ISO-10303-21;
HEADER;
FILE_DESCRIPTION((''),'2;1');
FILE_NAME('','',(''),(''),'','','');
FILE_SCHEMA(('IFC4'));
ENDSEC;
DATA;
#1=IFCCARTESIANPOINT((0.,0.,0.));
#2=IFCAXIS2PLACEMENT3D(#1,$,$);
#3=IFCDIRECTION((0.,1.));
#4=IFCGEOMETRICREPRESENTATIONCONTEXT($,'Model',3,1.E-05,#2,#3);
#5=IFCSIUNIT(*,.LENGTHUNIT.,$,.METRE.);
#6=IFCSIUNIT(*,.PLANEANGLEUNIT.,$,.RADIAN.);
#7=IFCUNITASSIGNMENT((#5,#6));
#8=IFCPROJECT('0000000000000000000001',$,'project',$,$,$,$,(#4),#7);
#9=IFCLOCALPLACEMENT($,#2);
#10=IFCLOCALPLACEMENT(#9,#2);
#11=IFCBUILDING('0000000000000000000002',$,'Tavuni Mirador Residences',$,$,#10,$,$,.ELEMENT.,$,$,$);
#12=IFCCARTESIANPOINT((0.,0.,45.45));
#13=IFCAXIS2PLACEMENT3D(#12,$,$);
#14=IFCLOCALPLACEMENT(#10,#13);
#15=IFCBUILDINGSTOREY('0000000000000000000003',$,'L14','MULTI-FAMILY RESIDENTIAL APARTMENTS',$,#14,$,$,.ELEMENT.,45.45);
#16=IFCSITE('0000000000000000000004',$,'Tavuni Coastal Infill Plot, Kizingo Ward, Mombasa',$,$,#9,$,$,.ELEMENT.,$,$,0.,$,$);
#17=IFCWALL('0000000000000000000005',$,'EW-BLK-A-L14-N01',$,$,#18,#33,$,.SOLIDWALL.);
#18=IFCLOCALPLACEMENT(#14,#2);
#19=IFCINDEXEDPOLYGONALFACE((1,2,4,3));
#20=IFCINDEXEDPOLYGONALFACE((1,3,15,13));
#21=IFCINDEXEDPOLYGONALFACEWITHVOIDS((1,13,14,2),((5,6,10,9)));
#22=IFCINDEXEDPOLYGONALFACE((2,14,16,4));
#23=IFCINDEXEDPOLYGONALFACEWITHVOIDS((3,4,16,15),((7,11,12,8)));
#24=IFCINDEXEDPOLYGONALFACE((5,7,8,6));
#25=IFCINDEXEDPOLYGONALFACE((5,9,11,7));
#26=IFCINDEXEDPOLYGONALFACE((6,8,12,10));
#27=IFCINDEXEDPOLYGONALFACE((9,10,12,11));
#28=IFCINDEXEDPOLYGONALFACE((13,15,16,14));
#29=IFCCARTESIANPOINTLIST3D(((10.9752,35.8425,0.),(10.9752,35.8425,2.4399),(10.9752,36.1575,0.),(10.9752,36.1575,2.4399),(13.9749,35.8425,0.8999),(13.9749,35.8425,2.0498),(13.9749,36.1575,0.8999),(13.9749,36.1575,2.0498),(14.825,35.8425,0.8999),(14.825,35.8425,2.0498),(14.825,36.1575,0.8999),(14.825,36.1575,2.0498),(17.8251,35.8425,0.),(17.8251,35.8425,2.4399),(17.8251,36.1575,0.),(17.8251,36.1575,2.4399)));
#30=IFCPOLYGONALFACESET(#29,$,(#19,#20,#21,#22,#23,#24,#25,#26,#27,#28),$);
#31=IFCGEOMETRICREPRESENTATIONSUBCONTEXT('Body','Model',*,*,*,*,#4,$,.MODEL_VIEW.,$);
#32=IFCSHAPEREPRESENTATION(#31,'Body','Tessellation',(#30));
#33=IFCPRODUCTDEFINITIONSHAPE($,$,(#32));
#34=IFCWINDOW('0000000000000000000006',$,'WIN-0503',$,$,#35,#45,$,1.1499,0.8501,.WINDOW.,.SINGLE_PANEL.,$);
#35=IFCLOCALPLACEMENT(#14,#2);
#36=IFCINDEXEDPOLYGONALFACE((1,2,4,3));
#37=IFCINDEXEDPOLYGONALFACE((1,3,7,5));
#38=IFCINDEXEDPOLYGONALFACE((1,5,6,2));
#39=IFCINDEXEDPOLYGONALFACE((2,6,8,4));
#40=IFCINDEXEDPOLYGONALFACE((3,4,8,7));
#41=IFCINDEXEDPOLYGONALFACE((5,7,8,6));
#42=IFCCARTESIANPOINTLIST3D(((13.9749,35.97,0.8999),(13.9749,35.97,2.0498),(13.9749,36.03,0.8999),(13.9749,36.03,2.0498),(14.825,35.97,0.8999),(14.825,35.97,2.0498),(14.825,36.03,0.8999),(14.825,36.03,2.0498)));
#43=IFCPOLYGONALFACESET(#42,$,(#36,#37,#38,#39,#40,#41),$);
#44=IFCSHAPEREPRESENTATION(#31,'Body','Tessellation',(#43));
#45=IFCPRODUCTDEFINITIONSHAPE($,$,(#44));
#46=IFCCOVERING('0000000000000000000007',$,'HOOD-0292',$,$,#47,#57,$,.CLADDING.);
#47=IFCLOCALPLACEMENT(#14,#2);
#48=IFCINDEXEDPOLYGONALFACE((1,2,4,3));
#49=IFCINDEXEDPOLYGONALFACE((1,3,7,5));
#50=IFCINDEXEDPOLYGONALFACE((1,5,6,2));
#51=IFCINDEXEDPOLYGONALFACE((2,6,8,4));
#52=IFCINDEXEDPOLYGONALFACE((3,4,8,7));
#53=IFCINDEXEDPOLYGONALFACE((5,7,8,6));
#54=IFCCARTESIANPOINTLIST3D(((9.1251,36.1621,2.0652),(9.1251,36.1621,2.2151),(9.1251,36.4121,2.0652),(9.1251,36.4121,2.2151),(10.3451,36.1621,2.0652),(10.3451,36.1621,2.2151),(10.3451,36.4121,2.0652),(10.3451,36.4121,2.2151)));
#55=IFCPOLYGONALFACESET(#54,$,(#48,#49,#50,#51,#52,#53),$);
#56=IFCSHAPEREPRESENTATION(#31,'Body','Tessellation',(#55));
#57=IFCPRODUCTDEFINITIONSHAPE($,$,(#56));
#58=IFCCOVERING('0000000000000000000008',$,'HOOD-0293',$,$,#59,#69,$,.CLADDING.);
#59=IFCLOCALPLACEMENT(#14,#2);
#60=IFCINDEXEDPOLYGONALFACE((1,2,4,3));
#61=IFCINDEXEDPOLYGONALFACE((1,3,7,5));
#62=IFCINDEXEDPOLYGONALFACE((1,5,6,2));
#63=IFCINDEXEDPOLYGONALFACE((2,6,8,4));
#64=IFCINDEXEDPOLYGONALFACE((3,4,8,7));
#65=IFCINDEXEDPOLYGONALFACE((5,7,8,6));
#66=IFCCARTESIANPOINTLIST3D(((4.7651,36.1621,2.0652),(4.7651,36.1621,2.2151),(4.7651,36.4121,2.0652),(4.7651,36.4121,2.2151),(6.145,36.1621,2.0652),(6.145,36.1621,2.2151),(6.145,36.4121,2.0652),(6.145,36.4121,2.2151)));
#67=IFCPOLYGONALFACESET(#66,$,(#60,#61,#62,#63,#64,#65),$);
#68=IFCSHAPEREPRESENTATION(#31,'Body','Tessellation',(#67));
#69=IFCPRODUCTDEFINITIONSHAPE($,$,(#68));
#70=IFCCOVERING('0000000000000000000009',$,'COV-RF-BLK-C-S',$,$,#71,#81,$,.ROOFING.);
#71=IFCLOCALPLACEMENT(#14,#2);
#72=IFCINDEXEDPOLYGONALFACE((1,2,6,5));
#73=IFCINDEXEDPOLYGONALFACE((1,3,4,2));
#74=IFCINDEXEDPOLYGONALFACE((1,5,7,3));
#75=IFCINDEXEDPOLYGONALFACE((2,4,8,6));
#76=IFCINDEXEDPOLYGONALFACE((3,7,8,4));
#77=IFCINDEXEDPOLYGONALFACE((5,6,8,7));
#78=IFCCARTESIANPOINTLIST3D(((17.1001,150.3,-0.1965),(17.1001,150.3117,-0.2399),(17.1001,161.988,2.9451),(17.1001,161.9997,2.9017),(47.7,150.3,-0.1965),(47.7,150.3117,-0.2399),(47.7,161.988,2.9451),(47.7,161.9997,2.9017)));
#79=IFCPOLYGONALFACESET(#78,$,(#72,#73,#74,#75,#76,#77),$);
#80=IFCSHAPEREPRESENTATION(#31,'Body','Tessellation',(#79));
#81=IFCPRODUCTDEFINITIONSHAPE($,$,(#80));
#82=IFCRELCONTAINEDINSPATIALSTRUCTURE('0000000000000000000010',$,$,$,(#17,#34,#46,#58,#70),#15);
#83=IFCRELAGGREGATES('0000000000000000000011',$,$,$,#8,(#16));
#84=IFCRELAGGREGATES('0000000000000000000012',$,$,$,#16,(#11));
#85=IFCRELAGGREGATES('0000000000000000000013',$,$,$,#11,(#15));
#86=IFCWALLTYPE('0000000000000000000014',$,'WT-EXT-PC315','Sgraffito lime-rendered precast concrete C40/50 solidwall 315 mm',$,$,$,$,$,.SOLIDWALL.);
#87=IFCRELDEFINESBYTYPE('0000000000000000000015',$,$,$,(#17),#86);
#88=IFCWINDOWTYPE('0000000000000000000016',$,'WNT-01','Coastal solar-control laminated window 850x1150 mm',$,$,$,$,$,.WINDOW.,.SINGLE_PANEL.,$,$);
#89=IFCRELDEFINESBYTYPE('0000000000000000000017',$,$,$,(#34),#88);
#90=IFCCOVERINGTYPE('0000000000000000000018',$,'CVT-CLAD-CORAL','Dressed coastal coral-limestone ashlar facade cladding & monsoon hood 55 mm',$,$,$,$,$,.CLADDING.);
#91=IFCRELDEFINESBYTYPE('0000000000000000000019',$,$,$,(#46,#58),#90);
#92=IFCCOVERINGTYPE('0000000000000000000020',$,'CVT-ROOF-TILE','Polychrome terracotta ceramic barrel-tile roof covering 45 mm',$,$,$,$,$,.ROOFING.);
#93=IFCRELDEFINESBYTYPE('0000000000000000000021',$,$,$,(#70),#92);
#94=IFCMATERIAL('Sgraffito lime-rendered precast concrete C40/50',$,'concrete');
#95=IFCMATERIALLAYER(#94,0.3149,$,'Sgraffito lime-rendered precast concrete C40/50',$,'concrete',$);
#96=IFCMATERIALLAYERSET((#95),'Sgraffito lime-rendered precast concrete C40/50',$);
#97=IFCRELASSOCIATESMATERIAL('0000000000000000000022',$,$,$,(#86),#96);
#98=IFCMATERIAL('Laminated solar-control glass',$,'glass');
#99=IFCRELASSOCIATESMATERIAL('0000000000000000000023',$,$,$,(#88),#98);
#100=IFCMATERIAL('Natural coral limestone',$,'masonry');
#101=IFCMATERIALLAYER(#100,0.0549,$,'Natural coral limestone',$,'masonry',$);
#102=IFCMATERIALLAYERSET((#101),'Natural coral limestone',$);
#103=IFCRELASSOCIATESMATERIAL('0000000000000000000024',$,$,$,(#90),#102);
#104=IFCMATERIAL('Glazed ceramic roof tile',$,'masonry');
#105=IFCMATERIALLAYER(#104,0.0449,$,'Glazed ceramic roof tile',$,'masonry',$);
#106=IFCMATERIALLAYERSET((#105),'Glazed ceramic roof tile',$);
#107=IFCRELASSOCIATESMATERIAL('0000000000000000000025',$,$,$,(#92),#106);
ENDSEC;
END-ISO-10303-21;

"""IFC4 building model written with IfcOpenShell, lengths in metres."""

from ifc_helpers import new_model, si_unit, direction, frame, frame_2d, origin, origin_2d, place, context, subcontext, project, spatial, polyline, rectangle, outline, extrude, material, layer, layer_set, type_object, element, fill, save


model = new_model("IFC4")

# Units and contexts
model_context = context("Model", 3, precision=1e-05, world=origin(), true_north=direction((0.0, 1.0)))
body_context = subcontext(model_context, "Body", "Model", "MODEL_VIEW")
ifc_project = project(units=[si_unit("LENGTHUNIT", "METRE"), si_unit("PLANEANGLEUNIT", "RADIAN")], contexts=[model_context])

# Site, building, storey
site_placement = place(None, origin())
site = spatial("IfcSite", under=ifc_project, at=site_placement, Name="Tavuni Coastal Infill Plot, Kizingo Ward, Mombasa", CompositionType="ELEMENT", RefElevation=0.0)
building_placement = place(site_placement, origin())
building = spatial("IfcBuilding", under=site, at=building_placement, Name="Tavuni Mirador Residences", CompositionType="ELEMENT")
storey_placement = place(building_placement, frame((0.0, 0.0, 45.45)))
storey = spatial("IfcBuildingStorey", under=building, at=storey_placement, Name="L14", Description="MULTI-FAMILY RESIDENTIAL APARTMENTS", CompositionType="ELEMENT", Elevation=45.45)

# Shared definitions
ifc_material_1 = material(Name="Laminated solar-control glass", Category="glass")

# Shared definitions
ifc_material_2 = material(Name="Sgraffito lime-rendered precast concrete C40/50", Category="concrete")

# Wall, opening, window
ifc_layer_1 = layer(ifc_material_2, 0.3149, Name="Sgraffito lime-rendered precast concrete C40/50", Category="concrete")
ifc_layer_set_1 = layer_set([ifc_layer_1], Name="Sgraffito lime-rendered precast concrete C40/50")
wall_type_1 = type_object("IfcWallType", Name="WT-EXT-PC315", Description="Sgraffito lime-rendered precast concrete C40/50 solidwall 315 mm", PredefinedType="SOLIDWALL", material=ifc_layer_set_1)
wall_1_placement = place(storey_placement, frame((17.825, 36.0, 0.0), z_axis=(0.0, 0.0, 1.0), x_axis=(-1.0, 0.0, 0.0)))
wall_1 = element("IfcWall", 1, at=wall_1_placement, inside=storey, type_object=wall_type_1, Name="EW-BLK-A-L14-N01", PredefinedType="SOLIDWALL", context=body_context, shape_type="SweptSolid", body=[
    extrude(rectangle(XDim=6.8499, YDim=0.3149, at=frame_2d((3.4248, 0.0))), origin(), (0.0, 0.0, 1.0), 2.4399),
])
opening_1_placement = place(wall_1_placement, frame((3.0, 0.0, 0.8999)))
opening_1 = element("IfcOpeningElement", 2, at=opening_1_placement, cuts=wall_1, PredefinedType="OPENING", context=body_context, shape_type="SweptSolid", body=[
    extrude(rectangle(XDim=0.8501, YDim=1.1499, at=frame_2d((0.425, 0.575))), frame((0.0, 0.1675, 0.0), z_axis=(0.0, -1.0, 0.0), x_axis=(1.0, 0.0, 0.0)), (0.0, 0.0, 1.0), 0.335),
])
window_type_1 = type_object("IfcWindowType", Name="WNT-01", Description="Coastal solar-control laminated window 850x1150 mm", PartitioningType="SINGLE_PANEL", PredefinedType="WINDOW", material=ifc_material_1)
window_1_placement = place(opening_1_placement, origin())
window_1 = element("IfcWindow", 3, at=window_1_placement, inside=storey, type_object=window_type_1, Name="WIN-0503", OverallHeight=1.1499, OverallWidth=0.8501, PartitioningType="SINGLE_PANEL", PredefinedType="WINDOW", context=body_context, shape_type="SweptSolid", body=[
    extrude(rectangle(XDim=0.8501, YDim=1.1499, at=frame_2d((0.425, 0.575))), frame((0.0, 0.03, 0.0), z_axis=(0.0, -1.0, 0.0), x_axis=(1.0, 0.0, 0.0)), (0.0, 0.0, 1.0), 0.0601),
])
fill(opening_1, window_1)

# Coverings
ifc_material_3 = material(Name="Natural coral limestone", Category="masonry")
ifc_layer_2 = layer(ifc_material_3, 0.0549, Name="Natural coral limestone", Category="masonry")
ifc_layer_set_2 = layer_set([ifc_layer_2], Name="Natural coral limestone")
covering_type_1 = type_object("IfcCoveringType", Name="CVT-CLAD-CORAL", Description="Dressed coastal coral-limestone ashlar facade cladding & monsoon hood 55 mm", PredefinedType="CLADDING", material=ifc_layer_set_2)
covering_1_placement = place(storey_placement, frame((9.7351, 36.2871, 2.0652), z_axis=(0.0, 0.0, 1.0), x_axis=(-1.0, 0.0, 0.0)))
element("IfcCovering", 4, at=covering_1_placement, inside=storey, type_object=covering_type_1, Name="HOOD-0292", PredefinedType="CLADDING", context=body_context, shape_type="SweptSolid", body=[
    extrude(rectangle(XDim=1.22, YDim=0.25, at=origin_2d()), origin(), (0.0, 0.0, 1.0), 0.1499),
])
covering_2_placement = place(storey_placement, frame((5.4551, 36.2871, 2.0652), z_axis=(0.0, 0.0, 1.0), x_axis=(-1.0, 0.0, 0.0)))
element("IfcCovering", 5, at=covering_2_placement, inside=storey, type_object=covering_type_1, Name="HOOD-0293", PredefinedType="CLADDING", context=body_context, shape_type="SweptSolid", body=[
    extrude(rectangle(XDim=1.3799, YDim=0.25, at=origin_2d()), origin(), (0.0, 0.0, 1.0), 0.1499),
])
ifc_material_4 = material(Name="Glazed ceramic roof tile", Category="masonry")
ifc_layer_3 = layer(ifc_material_4, 0.0449, Name="Glazed ceramic roof tile", Category="masonry")
ifc_layer_set_3 = layer_set([ifc_layer_3], Name="Glazed ceramic roof tile")
covering_type_2 = type_object("IfcCoveringType", Name="CVT-ROOF-TILE", Description="Polychrome terracotta ceramic barrel-tile roof covering 45 mm", PredefinedType="ROOFING", material=ifc_layer_set_3)
covering_3_placement = place(storey_placement, frame((17.1001, 150.3, -0.1965), z_axis=(0.0, -0.259576, 0.965723), x_axis=(1.0, 0.0, 0.0)))
element("IfcCovering", 6, at=covering_3_placement, inside=storey, type_object=covering_type_2, Name="COV-RF-BLK-C-S", PredefinedType="ROOFING", context=body_context, shape_type="SweptSolid", body=[
    extrude(outline(polyline([(0.0, 0.0), (30.5999, 0.0), (30.5999, 12.1028), (0.0, 12.1028), (0.0, 0.0)])), origin(), (0.0, 0.0, -1.0), 0.0449),
])

save(model, "model.ifc")
